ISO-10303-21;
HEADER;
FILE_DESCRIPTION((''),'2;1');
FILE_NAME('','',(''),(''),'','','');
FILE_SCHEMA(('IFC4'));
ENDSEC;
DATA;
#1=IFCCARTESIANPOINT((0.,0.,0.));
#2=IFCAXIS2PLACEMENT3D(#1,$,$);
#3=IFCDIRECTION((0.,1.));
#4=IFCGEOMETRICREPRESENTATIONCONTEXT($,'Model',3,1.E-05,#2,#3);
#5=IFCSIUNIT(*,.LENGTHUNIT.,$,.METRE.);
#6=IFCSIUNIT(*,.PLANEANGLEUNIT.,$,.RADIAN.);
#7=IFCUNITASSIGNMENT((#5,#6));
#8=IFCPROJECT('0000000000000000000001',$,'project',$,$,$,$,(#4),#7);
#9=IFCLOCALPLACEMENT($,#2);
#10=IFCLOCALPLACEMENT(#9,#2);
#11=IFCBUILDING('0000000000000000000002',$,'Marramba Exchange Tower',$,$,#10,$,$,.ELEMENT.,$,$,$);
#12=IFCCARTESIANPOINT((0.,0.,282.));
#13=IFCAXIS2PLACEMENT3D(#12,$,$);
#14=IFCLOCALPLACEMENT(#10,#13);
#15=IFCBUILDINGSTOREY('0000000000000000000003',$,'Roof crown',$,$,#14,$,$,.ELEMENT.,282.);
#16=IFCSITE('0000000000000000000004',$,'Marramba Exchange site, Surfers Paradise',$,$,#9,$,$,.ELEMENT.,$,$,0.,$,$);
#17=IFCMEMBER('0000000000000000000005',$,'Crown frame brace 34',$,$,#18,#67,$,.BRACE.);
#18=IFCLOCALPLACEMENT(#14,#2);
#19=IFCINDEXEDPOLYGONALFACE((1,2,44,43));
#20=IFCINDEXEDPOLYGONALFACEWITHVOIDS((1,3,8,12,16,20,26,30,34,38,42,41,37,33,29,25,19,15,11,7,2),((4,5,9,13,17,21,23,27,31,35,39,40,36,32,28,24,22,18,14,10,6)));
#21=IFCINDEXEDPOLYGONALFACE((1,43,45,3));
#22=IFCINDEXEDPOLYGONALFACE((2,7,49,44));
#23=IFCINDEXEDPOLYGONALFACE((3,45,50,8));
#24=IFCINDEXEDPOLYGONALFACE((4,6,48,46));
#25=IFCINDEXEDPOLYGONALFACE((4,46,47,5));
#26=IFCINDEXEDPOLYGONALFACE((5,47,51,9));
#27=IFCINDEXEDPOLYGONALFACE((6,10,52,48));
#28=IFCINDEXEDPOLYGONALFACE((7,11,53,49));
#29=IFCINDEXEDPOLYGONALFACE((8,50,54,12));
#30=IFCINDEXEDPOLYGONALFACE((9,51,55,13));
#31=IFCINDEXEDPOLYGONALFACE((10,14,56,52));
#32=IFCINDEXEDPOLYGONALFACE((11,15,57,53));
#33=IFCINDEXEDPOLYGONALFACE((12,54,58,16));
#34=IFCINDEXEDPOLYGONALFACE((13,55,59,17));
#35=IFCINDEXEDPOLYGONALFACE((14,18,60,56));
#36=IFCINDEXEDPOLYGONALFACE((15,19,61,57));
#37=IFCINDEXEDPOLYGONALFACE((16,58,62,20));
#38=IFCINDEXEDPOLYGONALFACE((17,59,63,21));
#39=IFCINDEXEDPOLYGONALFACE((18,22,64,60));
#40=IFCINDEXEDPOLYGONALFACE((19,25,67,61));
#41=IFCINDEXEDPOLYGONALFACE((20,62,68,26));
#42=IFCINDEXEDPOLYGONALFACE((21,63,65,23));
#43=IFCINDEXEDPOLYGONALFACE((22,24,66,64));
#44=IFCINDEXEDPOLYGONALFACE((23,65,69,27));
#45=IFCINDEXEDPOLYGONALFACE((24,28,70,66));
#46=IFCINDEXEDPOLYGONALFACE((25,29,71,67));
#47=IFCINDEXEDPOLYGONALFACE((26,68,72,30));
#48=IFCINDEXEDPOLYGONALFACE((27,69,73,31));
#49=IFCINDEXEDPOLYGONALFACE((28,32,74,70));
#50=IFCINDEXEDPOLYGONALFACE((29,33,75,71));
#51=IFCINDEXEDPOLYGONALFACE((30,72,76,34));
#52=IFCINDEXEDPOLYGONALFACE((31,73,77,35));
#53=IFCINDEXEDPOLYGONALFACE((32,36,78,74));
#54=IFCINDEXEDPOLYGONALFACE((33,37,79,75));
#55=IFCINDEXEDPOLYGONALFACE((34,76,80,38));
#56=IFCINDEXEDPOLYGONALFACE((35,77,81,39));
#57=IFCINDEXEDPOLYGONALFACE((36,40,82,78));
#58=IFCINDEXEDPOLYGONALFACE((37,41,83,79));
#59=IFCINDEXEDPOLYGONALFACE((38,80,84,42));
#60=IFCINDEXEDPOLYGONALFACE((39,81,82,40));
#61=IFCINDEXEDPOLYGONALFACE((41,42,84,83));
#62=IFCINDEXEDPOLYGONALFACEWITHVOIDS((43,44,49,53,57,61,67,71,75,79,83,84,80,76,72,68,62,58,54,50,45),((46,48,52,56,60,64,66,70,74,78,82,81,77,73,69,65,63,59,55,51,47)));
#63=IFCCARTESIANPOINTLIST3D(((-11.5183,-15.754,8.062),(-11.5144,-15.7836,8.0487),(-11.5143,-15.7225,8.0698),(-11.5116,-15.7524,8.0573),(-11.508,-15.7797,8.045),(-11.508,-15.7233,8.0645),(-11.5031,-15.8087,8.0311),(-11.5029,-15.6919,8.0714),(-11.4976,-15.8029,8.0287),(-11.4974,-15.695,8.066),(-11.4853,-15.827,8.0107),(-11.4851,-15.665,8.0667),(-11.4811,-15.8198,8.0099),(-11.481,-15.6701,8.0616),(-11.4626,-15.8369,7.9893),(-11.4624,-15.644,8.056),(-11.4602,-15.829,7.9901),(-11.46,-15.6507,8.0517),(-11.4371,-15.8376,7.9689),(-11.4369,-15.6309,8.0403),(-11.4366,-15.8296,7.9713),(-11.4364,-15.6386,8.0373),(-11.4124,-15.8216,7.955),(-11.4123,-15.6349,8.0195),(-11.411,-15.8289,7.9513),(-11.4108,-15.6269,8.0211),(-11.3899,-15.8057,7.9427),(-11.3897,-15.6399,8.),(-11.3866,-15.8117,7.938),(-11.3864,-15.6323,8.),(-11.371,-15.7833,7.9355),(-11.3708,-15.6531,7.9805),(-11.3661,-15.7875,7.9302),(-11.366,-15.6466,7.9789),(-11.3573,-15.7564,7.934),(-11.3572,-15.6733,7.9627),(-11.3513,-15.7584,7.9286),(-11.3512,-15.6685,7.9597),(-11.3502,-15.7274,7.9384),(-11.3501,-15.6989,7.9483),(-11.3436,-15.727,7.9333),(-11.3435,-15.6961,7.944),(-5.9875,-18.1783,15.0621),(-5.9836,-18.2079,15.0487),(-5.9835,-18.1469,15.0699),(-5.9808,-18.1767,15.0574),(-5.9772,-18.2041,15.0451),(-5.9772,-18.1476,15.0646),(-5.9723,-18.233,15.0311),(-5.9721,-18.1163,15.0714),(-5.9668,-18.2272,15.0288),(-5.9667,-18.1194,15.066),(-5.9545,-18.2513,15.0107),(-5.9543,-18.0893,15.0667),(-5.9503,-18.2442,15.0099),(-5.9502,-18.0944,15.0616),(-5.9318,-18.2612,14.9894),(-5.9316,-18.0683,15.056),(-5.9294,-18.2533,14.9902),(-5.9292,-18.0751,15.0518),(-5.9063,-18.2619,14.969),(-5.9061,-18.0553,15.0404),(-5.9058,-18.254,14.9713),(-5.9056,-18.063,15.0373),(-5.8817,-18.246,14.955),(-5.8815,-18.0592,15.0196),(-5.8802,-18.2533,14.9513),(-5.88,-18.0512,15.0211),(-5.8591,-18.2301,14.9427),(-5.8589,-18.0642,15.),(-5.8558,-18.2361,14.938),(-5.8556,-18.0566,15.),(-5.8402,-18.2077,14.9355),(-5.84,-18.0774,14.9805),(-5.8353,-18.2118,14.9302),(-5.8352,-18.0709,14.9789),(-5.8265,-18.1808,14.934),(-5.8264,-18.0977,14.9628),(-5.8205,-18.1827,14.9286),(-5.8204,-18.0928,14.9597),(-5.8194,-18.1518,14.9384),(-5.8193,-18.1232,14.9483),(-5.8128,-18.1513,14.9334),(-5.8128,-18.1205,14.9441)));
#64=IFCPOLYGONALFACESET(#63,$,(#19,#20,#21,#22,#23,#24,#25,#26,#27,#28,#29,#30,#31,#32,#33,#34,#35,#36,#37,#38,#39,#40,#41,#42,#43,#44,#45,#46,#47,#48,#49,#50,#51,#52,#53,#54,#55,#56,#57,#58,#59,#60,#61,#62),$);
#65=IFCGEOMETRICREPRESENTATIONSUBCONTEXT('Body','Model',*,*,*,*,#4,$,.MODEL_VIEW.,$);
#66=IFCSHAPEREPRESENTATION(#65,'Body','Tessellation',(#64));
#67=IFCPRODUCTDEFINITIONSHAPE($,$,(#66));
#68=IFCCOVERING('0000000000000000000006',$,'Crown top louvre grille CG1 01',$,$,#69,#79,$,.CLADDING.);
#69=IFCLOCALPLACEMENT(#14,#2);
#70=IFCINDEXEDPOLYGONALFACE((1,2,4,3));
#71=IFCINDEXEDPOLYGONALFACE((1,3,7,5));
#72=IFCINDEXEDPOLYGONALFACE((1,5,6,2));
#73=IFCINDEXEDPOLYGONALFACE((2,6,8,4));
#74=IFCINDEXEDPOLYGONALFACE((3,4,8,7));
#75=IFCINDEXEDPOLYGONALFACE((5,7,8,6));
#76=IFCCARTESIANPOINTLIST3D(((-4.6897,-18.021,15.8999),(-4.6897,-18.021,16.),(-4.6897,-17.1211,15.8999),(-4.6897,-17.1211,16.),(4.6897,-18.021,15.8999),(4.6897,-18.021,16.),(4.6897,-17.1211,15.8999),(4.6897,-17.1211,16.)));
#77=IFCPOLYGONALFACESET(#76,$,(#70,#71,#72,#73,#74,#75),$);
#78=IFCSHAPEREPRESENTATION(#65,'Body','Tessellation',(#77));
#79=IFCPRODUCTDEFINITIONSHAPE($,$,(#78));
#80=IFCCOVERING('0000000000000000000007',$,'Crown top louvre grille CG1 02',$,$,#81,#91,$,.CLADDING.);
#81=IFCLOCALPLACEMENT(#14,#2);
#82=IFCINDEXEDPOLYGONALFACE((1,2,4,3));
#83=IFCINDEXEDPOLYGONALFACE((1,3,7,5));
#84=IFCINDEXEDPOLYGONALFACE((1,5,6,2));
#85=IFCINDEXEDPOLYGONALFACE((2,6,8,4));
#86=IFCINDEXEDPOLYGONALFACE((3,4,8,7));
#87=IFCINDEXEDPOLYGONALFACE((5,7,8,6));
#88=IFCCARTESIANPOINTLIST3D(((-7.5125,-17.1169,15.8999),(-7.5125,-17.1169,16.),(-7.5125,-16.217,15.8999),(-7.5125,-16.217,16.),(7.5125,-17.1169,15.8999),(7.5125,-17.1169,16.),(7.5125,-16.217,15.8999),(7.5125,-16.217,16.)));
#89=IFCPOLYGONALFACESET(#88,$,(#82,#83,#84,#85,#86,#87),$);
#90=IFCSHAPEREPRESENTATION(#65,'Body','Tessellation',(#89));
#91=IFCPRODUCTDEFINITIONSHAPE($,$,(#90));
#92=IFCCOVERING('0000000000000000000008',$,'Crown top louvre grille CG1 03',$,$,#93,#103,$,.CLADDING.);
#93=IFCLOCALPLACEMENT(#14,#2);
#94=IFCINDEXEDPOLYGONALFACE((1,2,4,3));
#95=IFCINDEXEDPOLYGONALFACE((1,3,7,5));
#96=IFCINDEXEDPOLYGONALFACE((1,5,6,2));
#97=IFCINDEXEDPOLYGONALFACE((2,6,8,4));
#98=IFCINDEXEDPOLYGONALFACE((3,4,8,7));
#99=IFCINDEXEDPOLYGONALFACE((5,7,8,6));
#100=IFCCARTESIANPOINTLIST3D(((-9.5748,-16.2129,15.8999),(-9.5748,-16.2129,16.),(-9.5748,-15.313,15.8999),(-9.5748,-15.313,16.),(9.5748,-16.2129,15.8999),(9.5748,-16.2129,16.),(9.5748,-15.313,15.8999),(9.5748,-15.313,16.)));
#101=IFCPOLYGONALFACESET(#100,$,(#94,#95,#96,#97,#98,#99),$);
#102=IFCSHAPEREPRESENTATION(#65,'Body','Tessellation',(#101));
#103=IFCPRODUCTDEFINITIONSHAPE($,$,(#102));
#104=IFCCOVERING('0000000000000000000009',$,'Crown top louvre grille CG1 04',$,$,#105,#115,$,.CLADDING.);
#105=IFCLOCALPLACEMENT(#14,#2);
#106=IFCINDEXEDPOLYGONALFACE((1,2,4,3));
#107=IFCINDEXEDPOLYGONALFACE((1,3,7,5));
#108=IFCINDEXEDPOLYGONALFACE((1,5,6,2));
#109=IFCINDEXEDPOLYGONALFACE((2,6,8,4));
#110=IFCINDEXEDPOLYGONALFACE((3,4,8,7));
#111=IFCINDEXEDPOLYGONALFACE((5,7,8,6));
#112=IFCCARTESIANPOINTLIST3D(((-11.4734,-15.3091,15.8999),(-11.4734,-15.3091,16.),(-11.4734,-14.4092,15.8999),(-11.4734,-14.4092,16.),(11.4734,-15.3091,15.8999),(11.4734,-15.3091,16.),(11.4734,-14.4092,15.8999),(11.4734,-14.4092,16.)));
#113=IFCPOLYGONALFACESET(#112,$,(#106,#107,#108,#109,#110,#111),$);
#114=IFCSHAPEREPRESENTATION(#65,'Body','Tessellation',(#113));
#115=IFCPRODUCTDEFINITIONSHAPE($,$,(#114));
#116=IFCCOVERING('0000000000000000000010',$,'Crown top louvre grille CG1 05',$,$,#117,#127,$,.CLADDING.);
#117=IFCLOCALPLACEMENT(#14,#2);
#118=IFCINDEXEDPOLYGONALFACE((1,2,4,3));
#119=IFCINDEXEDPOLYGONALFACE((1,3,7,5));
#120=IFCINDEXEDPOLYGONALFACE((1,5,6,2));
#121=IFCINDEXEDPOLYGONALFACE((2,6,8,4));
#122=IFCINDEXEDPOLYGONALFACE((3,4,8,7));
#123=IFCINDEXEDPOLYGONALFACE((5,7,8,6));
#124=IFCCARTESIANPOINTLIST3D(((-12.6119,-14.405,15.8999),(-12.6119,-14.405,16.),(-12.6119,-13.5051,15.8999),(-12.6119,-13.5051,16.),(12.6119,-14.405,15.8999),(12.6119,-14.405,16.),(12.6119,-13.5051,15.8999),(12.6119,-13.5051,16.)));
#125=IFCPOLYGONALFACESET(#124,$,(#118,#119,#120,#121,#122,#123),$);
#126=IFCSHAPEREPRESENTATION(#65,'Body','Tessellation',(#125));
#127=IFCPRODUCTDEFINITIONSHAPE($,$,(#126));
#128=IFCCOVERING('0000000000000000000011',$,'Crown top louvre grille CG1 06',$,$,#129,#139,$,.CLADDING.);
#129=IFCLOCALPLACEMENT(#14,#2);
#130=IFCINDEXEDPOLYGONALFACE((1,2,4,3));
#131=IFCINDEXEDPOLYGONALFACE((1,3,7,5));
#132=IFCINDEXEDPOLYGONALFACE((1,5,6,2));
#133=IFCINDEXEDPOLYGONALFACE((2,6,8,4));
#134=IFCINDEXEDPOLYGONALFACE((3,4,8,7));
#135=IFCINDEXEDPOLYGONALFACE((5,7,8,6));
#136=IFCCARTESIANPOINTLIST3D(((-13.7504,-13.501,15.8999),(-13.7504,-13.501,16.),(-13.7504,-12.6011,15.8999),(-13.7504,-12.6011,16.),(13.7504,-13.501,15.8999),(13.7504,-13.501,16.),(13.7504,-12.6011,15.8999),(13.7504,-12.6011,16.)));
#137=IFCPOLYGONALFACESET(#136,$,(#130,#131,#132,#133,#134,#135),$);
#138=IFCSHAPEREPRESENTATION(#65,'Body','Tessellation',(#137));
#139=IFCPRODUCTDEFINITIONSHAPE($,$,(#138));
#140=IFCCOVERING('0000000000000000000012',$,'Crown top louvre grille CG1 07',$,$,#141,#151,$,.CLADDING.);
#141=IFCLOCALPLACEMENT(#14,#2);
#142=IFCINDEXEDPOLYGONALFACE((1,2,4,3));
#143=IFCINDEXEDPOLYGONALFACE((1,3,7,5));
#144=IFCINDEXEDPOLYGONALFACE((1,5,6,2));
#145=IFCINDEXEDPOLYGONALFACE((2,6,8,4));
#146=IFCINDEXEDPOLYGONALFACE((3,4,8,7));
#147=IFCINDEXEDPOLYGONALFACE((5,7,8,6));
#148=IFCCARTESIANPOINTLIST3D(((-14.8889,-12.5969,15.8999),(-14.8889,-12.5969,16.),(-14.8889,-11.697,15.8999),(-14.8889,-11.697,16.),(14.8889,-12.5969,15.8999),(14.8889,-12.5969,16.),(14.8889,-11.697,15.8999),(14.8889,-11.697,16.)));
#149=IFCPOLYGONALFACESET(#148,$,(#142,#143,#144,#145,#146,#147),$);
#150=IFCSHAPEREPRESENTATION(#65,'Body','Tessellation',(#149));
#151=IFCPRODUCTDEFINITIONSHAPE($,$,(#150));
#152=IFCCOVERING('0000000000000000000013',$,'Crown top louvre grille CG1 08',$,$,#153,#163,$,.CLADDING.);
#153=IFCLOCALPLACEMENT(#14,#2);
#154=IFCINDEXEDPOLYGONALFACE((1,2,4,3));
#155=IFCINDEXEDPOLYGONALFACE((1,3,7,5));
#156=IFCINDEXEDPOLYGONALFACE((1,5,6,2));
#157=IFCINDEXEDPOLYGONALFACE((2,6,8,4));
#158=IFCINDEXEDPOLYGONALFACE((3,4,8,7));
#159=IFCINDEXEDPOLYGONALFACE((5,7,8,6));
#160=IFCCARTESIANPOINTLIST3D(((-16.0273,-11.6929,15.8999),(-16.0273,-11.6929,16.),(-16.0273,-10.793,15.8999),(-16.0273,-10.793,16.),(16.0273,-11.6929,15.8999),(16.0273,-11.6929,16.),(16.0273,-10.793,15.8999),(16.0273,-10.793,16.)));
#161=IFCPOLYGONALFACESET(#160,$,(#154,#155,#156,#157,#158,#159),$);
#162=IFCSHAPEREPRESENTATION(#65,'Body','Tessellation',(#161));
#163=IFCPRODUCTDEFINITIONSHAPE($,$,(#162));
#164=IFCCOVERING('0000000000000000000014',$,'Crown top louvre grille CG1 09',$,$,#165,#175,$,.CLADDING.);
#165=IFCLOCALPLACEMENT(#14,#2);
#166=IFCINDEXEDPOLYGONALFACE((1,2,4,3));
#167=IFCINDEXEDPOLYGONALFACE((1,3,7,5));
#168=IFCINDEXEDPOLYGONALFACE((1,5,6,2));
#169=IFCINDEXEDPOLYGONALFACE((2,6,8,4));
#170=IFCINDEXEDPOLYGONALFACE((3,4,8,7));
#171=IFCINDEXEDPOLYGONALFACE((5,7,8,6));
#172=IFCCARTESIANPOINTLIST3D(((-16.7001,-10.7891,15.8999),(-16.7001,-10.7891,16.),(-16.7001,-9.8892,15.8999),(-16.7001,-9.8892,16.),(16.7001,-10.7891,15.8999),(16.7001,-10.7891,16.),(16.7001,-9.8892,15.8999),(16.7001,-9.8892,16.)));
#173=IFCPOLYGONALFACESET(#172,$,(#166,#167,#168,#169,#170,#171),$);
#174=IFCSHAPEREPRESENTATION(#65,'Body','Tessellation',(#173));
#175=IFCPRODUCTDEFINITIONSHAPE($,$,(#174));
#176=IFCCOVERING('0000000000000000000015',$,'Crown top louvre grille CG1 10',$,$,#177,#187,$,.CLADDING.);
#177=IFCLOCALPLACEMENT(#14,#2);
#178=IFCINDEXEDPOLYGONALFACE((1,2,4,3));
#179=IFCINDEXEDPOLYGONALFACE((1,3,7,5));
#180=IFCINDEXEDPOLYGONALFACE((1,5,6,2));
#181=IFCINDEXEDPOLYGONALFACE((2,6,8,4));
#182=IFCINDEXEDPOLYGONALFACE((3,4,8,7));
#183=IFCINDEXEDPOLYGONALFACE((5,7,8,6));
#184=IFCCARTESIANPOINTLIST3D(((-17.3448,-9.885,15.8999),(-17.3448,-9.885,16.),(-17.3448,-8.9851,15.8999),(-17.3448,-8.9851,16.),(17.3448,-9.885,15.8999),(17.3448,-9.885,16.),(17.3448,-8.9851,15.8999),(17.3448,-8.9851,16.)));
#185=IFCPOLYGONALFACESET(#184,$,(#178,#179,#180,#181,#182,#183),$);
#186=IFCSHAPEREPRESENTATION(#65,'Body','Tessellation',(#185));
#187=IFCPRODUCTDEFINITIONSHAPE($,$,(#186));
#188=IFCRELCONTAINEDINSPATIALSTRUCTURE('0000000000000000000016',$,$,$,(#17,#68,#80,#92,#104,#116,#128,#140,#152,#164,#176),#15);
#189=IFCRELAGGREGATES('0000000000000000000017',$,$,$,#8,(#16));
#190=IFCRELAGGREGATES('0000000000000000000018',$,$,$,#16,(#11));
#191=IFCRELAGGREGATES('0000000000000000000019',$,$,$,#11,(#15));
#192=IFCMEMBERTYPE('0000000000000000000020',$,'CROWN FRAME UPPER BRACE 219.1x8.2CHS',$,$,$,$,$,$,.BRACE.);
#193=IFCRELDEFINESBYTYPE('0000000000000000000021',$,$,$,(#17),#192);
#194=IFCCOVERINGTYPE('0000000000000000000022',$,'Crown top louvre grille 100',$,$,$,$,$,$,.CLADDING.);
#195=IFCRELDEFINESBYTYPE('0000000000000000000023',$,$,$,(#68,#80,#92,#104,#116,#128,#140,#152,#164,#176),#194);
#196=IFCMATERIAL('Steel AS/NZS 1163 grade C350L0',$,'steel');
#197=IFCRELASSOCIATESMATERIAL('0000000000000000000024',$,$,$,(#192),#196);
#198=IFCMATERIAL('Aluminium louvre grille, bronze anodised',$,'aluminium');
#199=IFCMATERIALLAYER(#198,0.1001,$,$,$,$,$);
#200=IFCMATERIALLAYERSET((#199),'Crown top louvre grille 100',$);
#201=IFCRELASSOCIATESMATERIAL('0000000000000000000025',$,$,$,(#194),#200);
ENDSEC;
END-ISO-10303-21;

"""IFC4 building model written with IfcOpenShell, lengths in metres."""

from ifc_helpers import new_model, si_unit, direction, frame, origin, origin_2d, place, context, subcontext, project, spatial, rectangle, hollow_circle, extrude, material, layer, layer_set, material_profile, profile_set, type_object, element, save


model = new_model("IFC4")

# Units and contexts
model_context = context("Model", 3, precision=1e-05, world=origin(), true_north=direction((0.0, 1.0)))
body_context = subcontext(model_context, "Body", "Model", "MODEL_VIEW")
ifc_project = project(units=[si_unit("LENGTHUNIT", "METRE"), si_unit("PLANEANGLEUNIT", "RADIAN")], contexts=[model_context])

# Site, building, storey
site_placement = place(None, origin())
site = spatial("IfcSite", under=ifc_project, at=site_placement, Name="Marramba Exchange site, Surfers Paradise", CompositionType="ELEMENT", RefElevation=0.0)
building_placement = place(site_placement, origin())
building = spatial("IfcBuilding", under=site, at=building_placement, Name="Marramba Exchange Tower", CompositionType="ELEMENT")
storey_placement = place(building_placement, frame((0.0, 0.0, 282.0)))
storey = spatial("IfcBuildingStorey", under=building, at=storey_placement, Name="Roof crown", CompositionType="ELEMENT", Elevation=282.0)

# Shared definitions
ifc_material_1 = material(Name="Steel AS/NZS 1163 grade C350L0", Category="steel")

# Member
ifc_material_profile_1 = material_profile(ifc_material_1, hollow_circle(Radius=0.1096, WallThickness=0.0083, at=origin_2d()), Name="219.1x8.2CHS")
ifc_profile_set_1 = profile_set([ifc_material_profile_1], Name="Steel AS/NZS 1163 grade C350L0")
member_type = type_object("IfcMemberType", Name="CROWN FRAME UPPER BRACE 219.1x8.2CHS", PredefinedType="BRACE", material=ifc_profile_set_1)
member_1_placement = place(storey_placement, frame((-11.4304, -15.7327, 8.0), z_axis=(0.598255, -0.262235, 0.757181), x_axis=(0.401459, 0.915877, 0.0)))
element("IfcMember", 1, at=member_1_placement, inside=storey, type_object=member_type, Name="Crown frame brace 34", PredefinedType="BRACE", context=body_context, shape_type="SweptSolid", body=[
    extrude(hollow_circle(Radius=0.1096, WallThickness=0.0083, at=origin_2d()), origin(), (0.0, 0.0, 1.0), 9.2449),
])

# Coverings
ifc_material_2 = material(Name="Aluminium louvre grille, bronze anodised", Category="aluminium")
ifc_layer = layer(ifc_material_2, 0.1001)
ifc_layer_set = layer_set([ifc_layer], Name="Crown top louvre grille 100")
covering_type = type_object("IfcCoveringType", Name="Crown top louvre grille 100", PredefinedType="CLADDING", material=ifc_layer_set)
covering_1_placement = place(storey_placement, frame((0.0, -17.571, 15.8999), z_axis=(0.0, 0.0, 1.0), x_axis=(1.0, 0.0, 0.0)))
element("IfcCovering", 2, at=covering_1_placement, inside=storey, type_object=covering_type, Name="Crown top louvre grille CG1 01", PredefinedType="CLADDING", context=body_context, shape_type="SweptSolid", body=[
    extrude(rectangle(XDim=9.3794, YDim=0.8999, at=origin_2d()), origin(), (0.0, 0.0, 1.0), 0.1001),
])
covering_2_placement = place(storey_placement, frame((0.0, -16.667, 15.8999), z_axis=(0.0, 0.0, 1.0), x_axis=(1.0, 0.0, 0.0)))
element("IfcCovering", 3, at=covering_2_placement, inside=storey, type_object=covering_type, Name="Crown top louvre grille CG1 02", PredefinedType="CLADDING", context=body_context, shape_type="SweptSolid", body=[
    extrude(rectangle(XDim=15.0249, YDim=0.8999, at=origin_2d()), origin(), (0.0, 0.0, 1.0), 0.1001),
])
covering_3_placement = place(storey_placement, frame((0.0, -15.7629, 15.8999), z_axis=(0.0, 0.0, 1.0), x_axis=(1.0, 0.0, 0.0)))
element("IfcCovering", 4, at=covering_3_placement, inside=storey, type_object=covering_type, Name="Crown top louvre grille CG1 03", PredefinedType="CLADDING", context=body_context, shape_type="SweptSolid", body=[
    extrude(rectangle(XDim=19.1497, YDim=0.8999, at=origin_2d()), origin(), (0.0, 0.0, 1.0), 0.1001),
])
covering_4_placement = place(storey_placement, frame((0.0, -14.8591, 15.8999), z_axis=(0.0, 0.0, 1.0), x_axis=(1.0, 0.0, 0.0)))
element("IfcCovering", 5, at=covering_4_placement, inside=storey, type_object=covering_type, Name="Crown top louvre grille CG1 04", PredefinedType="CLADDING", context=body_context, shape_type="SweptSolid", body=[
    extrude(rectangle(XDim=22.9468, YDim=0.8999, at=origin_2d()), origin(), (0.0, 0.0, 1.0), 0.1001),
])
covering_5_placement = place(storey_placement, frame((0.0, -13.9551, 15.8999), z_axis=(0.0, 0.0, 1.0), x_axis=(1.0, 0.0, 0.0)))
element("IfcCovering", 6, at=covering_5_placement, inside=storey, type_object=covering_type, Name="Crown top louvre grille CG1 05", PredefinedType="CLADDING", context=body_context, shape_type="SweptSolid", body=[
    extrude(rectangle(XDim=25.2239, YDim=0.8999, at=origin_2d()), origin(), (0.0, 0.0, 1.0), 0.1001),
])
covering_6_placement = place(storey_placement, frame((0.0, -13.051, 15.8999), z_axis=(0.0, 0.0, 1.0), x_axis=(1.0, 0.0, 0.0)))
element("IfcCovering", 7, at=covering_6_placement, inside=storey, type_object=covering_type, Name="Crown top louvre grille CG1 06", PredefinedType="CLADDING", context=body_context, shape_type="SweptSolid", body=[
    extrude(rectangle(XDim=27.5007, YDim=0.8999, at=origin_2d()), origin(), (0.0, 0.0, 1.0), 0.1001),
])
covering_7_placement = place(storey_placement, frame((0.0, -12.147, 15.8999), z_axis=(0.0, 0.0, 1.0), x_axis=(1.0, 0.0, 0.0)))
element("IfcCovering", 8, at=covering_7_placement, inside=storey, type_object=covering_type, Name="Crown top louvre grille CG1 07", PredefinedType="CLADDING", context=body_context, shape_type="SweptSolid", body=[
    extrude(rectangle(XDim=29.7778, YDim=0.8999, at=origin_2d()), origin(), (0.0, 0.0, 1.0), 0.1001),
])
covering_8_placement = place(storey_placement, frame((0.0, -11.2429, 15.8999), z_axis=(0.0, 0.0, 1.0), x_axis=(1.0, 0.0, 0.0)))
element("IfcCovering", 9, at=covering_8_placement, inside=storey, type_object=covering_type, Name="Crown top louvre grille CG1 08", PredefinedType="CLADDING", context=body_context, shape_type="SweptSolid", body=[
    extrude(rectangle(XDim=32.0547, YDim=0.8999, at=origin_2d()), origin(), (0.0, 0.0, 1.0), 0.1001),
])
covering_9_placement = place(storey_placement, frame((0.0, -10.3391, 15.8999), z_axis=(0.0, 0.0, 1.0), x_axis=(1.0, 0.0, 0.0)))
element("IfcCovering", 10, at=covering_9_placement, inside=storey, type_object=covering_type, Name="Crown top louvre grille CG1 09", PredefinedType="CLADDING", context=body_context, shape_type="SweptSolid", body=[
    extrude(rectangle(XDim=33.4001, YDim=0.8999, at=origin_2d()), origin(), (0.0, 0.0, 1.0), 0.1001),
])
covering_10_placement = place(storey_placement, frame((0.0, -9.4351, 15.8999), z_axis=(0.0, 0.0, 1.0), x_axis=(1.0, 0.0, 0.0)))
element("IfcCovering", 11, at=covering_10_placement, inside=storey, type_object=covering_type, Name="Crown top louvre grille CG1 10", PredefinedType="CLADDING", context=body_context, shape_type="SweptSolid", body=[
    extrude(rectangle(XDim=34.6897, YDim=0.8999, at=origin_2d()), origin(), (0.0, 0.0, 1.0), 0.1001),
])

save(model, "model.ifc")
